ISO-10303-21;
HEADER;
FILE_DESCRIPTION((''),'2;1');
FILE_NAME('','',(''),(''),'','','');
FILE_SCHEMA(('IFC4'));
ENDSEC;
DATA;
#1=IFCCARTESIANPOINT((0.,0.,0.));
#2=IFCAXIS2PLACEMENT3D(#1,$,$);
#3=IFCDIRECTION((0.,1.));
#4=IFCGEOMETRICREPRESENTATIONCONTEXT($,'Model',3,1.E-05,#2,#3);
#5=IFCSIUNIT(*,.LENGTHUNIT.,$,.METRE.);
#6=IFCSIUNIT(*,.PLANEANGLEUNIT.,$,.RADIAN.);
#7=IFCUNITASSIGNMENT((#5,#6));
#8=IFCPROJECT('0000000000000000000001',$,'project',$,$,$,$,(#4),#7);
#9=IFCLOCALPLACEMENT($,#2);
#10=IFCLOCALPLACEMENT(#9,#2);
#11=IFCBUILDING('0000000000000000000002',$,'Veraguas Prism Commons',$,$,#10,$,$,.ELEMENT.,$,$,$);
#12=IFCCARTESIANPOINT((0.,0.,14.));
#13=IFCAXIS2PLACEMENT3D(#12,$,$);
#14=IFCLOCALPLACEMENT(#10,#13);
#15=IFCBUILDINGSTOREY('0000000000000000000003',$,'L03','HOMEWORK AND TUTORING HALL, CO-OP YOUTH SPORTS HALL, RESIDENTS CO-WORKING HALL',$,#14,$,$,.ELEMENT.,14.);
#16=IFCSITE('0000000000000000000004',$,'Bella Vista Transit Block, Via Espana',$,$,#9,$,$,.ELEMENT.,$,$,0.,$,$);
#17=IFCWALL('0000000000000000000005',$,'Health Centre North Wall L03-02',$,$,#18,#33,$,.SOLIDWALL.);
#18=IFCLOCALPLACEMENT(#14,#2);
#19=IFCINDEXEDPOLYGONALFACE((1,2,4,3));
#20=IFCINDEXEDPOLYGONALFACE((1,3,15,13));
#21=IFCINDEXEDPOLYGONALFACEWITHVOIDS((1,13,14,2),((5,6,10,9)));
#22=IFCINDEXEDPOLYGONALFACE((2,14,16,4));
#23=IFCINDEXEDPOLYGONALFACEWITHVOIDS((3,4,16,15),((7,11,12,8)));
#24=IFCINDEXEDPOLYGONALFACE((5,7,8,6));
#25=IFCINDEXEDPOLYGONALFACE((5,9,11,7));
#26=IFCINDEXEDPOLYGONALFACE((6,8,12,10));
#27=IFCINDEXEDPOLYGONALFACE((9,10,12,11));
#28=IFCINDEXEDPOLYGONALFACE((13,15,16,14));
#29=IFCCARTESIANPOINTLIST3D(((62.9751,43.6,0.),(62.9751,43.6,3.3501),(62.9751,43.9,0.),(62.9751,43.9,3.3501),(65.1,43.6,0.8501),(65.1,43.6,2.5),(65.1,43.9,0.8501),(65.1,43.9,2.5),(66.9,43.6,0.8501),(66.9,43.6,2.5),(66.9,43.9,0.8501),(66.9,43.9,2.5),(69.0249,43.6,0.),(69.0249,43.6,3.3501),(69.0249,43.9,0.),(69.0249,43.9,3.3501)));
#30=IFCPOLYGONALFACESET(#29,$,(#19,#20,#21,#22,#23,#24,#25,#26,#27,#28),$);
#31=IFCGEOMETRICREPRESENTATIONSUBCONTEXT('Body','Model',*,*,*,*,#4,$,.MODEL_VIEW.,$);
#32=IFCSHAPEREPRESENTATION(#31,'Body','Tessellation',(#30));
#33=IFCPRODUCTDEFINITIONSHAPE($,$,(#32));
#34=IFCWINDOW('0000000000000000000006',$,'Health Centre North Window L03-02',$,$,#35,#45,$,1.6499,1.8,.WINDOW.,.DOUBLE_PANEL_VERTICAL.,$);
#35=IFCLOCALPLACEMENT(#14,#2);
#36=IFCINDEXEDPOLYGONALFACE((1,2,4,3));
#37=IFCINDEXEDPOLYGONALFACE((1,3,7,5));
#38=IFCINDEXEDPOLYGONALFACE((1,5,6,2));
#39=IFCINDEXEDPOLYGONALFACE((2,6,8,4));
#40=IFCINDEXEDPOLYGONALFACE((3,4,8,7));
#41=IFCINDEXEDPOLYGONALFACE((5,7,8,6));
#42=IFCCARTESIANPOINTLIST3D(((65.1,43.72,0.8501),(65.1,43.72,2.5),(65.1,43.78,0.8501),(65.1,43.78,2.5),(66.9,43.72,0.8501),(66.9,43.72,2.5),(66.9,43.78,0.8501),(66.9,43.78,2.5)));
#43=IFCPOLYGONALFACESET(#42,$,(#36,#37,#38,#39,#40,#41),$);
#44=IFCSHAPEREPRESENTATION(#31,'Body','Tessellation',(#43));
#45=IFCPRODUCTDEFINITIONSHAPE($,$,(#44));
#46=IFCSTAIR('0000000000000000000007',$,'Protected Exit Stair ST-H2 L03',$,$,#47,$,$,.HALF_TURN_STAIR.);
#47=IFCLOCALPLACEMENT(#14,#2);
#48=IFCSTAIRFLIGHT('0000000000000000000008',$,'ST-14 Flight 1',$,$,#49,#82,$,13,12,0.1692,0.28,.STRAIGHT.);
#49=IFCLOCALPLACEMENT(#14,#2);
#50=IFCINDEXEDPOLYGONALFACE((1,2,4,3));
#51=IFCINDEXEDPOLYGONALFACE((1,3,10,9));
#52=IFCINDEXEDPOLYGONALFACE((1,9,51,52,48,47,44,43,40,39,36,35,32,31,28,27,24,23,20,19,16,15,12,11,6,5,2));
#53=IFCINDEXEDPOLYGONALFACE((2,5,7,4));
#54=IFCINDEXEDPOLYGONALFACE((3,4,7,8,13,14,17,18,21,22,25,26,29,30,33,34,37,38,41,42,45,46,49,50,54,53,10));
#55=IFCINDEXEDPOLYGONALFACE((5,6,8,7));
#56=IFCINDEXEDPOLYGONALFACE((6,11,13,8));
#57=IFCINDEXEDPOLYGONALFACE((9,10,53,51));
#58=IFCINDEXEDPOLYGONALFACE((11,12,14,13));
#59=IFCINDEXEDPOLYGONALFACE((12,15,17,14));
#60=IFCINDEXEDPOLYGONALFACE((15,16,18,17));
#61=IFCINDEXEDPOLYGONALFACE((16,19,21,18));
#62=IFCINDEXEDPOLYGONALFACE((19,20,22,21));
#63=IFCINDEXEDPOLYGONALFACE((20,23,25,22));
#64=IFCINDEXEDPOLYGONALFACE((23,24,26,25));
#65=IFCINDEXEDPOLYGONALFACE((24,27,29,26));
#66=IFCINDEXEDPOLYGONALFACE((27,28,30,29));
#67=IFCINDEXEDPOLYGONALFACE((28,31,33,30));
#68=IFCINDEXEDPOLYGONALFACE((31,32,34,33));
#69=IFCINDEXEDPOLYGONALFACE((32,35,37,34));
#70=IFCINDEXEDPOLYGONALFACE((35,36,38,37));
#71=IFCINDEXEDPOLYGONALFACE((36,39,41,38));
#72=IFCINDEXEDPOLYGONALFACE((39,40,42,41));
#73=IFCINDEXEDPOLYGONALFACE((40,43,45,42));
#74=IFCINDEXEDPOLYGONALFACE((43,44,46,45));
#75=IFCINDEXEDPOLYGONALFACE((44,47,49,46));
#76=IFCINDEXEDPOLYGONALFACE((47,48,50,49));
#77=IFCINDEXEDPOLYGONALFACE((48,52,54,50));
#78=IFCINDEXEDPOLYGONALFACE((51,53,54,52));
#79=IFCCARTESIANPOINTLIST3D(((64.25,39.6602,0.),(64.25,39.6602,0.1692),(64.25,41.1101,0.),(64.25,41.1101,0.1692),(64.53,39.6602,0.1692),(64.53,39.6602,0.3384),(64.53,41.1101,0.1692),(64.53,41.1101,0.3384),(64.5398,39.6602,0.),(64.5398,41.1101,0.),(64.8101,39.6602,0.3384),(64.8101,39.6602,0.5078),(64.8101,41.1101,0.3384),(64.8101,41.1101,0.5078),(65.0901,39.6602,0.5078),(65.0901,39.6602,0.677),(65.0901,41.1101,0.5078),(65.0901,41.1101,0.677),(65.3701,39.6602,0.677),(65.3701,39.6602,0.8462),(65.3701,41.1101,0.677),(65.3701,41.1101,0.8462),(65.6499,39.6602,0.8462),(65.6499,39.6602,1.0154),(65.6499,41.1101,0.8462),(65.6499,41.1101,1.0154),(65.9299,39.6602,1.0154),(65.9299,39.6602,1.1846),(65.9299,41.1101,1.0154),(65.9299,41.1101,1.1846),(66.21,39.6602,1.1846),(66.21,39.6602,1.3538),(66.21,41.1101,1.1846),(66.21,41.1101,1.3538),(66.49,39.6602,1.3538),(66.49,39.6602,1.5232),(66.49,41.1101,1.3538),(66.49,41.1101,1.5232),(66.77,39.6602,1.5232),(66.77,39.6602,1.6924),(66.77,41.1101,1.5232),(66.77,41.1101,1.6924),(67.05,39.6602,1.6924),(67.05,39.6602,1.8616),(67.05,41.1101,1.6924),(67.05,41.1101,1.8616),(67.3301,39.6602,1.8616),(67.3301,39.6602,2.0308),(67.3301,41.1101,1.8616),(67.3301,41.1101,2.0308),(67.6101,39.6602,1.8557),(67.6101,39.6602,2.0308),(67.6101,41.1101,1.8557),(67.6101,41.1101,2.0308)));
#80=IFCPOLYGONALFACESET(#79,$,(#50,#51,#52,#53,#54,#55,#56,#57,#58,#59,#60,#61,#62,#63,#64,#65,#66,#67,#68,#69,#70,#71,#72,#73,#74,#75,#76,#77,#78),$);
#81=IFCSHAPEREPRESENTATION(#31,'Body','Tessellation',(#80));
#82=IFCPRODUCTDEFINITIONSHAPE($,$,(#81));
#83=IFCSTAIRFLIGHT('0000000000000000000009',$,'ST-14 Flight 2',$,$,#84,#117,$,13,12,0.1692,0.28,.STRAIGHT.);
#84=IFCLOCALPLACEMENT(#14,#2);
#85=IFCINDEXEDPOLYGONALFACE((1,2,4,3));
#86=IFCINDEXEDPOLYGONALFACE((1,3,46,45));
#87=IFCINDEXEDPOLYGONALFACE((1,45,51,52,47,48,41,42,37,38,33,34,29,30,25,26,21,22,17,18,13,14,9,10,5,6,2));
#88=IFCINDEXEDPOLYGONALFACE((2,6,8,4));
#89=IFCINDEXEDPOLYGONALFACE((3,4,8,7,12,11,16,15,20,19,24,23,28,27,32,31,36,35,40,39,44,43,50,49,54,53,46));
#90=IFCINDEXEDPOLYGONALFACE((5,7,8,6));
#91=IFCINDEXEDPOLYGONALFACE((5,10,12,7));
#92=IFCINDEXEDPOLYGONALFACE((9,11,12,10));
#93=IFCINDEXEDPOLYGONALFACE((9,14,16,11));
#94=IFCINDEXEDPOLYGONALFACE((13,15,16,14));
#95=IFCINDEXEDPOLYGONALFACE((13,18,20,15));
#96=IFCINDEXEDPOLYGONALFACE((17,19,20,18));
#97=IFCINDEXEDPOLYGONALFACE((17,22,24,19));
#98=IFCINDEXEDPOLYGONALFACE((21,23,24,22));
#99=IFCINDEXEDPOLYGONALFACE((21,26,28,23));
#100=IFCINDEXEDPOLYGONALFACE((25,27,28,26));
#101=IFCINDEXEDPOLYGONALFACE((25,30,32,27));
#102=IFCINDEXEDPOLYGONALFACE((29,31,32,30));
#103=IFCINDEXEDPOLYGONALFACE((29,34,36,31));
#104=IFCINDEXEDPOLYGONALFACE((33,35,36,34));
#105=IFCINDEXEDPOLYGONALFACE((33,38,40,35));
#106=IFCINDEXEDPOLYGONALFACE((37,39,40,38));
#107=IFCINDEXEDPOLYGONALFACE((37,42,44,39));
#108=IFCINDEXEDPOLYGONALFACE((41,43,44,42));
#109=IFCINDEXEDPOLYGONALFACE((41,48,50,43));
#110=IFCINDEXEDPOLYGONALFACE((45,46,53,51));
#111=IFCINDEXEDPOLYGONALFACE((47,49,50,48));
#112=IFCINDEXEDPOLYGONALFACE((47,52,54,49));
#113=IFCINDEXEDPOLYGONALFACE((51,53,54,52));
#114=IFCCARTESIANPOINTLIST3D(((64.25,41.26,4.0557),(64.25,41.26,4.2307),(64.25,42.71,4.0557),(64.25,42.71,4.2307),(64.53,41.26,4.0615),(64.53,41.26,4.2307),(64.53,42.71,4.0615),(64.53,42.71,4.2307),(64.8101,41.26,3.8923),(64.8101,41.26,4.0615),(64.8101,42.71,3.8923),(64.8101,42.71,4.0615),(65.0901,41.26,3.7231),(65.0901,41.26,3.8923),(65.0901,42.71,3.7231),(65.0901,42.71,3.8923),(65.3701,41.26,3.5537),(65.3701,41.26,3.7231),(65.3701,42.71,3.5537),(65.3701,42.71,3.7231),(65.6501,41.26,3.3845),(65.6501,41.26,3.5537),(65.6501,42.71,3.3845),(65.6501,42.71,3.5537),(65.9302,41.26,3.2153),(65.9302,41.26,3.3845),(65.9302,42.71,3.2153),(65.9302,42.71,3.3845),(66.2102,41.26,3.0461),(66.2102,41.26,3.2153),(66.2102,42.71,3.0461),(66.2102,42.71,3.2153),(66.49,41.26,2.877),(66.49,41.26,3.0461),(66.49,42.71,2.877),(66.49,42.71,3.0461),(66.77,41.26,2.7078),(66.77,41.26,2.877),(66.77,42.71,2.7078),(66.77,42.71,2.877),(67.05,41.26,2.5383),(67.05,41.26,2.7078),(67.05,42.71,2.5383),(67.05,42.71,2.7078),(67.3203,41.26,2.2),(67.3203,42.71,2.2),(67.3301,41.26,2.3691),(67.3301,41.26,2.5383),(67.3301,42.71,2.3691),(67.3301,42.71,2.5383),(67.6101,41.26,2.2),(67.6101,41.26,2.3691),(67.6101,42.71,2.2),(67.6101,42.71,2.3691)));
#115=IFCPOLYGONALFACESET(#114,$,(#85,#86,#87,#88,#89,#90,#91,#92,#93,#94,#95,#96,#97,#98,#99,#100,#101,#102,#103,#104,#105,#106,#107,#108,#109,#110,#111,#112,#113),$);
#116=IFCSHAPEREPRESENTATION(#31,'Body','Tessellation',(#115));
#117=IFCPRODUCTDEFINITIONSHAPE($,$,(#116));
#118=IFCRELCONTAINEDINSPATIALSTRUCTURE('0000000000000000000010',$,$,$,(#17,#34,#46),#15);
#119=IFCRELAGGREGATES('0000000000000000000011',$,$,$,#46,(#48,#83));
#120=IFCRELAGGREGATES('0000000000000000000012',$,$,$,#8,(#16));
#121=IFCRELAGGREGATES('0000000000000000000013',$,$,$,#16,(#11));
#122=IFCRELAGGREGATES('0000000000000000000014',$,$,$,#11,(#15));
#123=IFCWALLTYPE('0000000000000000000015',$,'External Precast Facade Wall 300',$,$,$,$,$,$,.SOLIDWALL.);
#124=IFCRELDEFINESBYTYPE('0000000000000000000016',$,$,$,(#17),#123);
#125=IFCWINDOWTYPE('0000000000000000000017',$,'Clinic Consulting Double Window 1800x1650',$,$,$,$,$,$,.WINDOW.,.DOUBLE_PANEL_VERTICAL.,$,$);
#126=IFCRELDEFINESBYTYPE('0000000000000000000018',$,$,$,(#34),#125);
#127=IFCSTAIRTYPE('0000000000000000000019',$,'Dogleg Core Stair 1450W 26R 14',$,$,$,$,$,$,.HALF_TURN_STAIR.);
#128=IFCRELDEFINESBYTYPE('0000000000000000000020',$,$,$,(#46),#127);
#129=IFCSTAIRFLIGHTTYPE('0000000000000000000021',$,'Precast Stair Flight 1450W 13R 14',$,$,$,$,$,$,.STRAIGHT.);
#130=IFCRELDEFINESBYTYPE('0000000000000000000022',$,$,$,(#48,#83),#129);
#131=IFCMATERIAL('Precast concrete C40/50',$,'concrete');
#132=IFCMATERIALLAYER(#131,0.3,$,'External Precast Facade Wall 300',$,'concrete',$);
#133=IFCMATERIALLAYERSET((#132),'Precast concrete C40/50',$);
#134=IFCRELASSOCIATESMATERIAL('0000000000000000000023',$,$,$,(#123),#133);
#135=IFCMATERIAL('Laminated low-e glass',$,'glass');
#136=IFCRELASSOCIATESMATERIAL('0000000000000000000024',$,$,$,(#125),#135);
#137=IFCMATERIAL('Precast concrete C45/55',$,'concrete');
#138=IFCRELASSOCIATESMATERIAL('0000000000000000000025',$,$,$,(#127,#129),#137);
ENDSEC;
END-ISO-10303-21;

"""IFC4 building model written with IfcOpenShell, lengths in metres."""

from ifc_helpers import new_model, si_unit, direction, frame, frame_2d, origin, place, context, subcontext, project, spatial, polyline, rectangle, outline, extrude, source, transform, mapped, material, layer, layer_set, type_object, element, fill, aggregate, save


model = new_model("IFC4")

# Units and contexts
model_context = context("Model", 3, precision=1e-05, world=origin(), true_north=direction((0.0, 1.0)))
body_context = subcontext(model_context, "Body", "Model", "MODEL_VIEW")
ifc_project = project(units=[si_unit("LENGTHUNIT", "METRE"), si_unit("PLANEANGLEUNIT", "RADIAN")], contexts=[model_context])

# Site, building, storey
site_placement = place(None, origin())
site = spatial("IfcSite", under=ifc_project, at=site_placement, Name="Bella Vista Transit Block, Via Espana", CompositionType="ELEMENT", RefElevation=0.0)
building_placement = place(site_placement, origin())
building = spatial("IfcBuilding", under=site, at=building_placement, Name="Veraguas Prism Commons", CompositionType="ELEMENT")
storey_placement = place(building_placement, frame((0.0, 0.0, 14.0)))
storey = spatial("IfcBuildingStorey", under=building, at=storey_placement, Name="L03", Description="HOMEWORK AND TUTORING HALL, CO-OP YOUTH SPORTS HALL, RESIDENTS CO-WORKING HALL", CompositionType="ELEMENT", Elevation=14.0)

# Wall, opening, window
ifc_material_1 = material(Name="Precast concrete C40/50", Category="concrete")
ifc_layer_1 = layer(ifc_material_1, 0.3, Name="External Precast Facade Wall 300", Category="concrete")
ifc_layer_set_1 = layer_set([ifc_layer_1], Name="Precast concrete C40/50")
wall_type_1 = type_object("IfcWallType", Name="External Precast Facade Wall 300", PredefinedType="SOLIDWALL", material=ifc_layer_set_1)
ifc_material_2 = material(Name="Laminated low-e glass", Category="glass")
window_type = type_object("IfcWindowType", Name="Clinic Consulting Double Window 1800x1650", PartitioningType="DOUBLE_PANEL_VERTICAL", PredefinedType="WINDOW", material=ifc_material_2)
shared_shape_1 = source(origin(), body_context, "Body", "SweptSolid", [
    extrude(rectangle(XDim=1.8, YDim=1.6499, at=frame_2d((0.8999, 0.825))), frame((0.0, 0.03, 0.0), z_axis=(0.0, -1.0, 0.0), x_axis=(1.0, 0.0, 0.0)), (0.0, 0.0, 1.0), 0.0601),
])
wall_1_placement = place(storey_placement, frame((69.0249, 43.75, 0.0), z_axis=(0.0, 0.0, 1.0), x_axis=(-1.0, 0.0, 0.0)))
wall_1 = element("IfcWall", 1, at=wall_1_placement, inside=storey, type_object=wall_type_1, Name="Health Centre North Wall L03-02", PredefinedType="SOLIDWALL", context=body_context, shape_type="SweptSolid", body=[
    extrude(rectangle(XDim=6.0498, YDim=0.3, at=frame_2d((3.0249, 0.0))), origin(), (0.0, 0.0, 1.0), 3.3501),
])
opening_1_placement = place(wall_1_placement, frame((2.125, 0.0, 0.8501)))
opening_1 = element("IfcOpeningElement", 2, at=opening_1_placement, cuts=wall_1, PredefinedType="OPENING", context=body_context, shape_type="SweptSolid", body=[
    extrude(rectangle(XDim=1.8, YDim=1.6499, at=frame_2d((0.8999, 0.825))), frame((0.0, 0.1599, 0.0), z_axis=(0.0, -1.0, 0.0), x_axis=(1.0, 0.0, 0.0)), (0.0, 0.0, 1.0), 0.3201),
])
window_1_placement = place(opening_1_placement, origin())
window_1 = element("IfcWindow", 3, at=window_1_placement, inside=storey, type_object=window_type, Name="Health Centre North Window L03-02", OverallHeight=1.6499, OverallWidth=1.8, PartitioningType="DOUBLE_PANEL_VERTICAL", PredefinedType="WINDOW", context=body_context, shape_type="MappedRepresentation", body=[
    mapped(shared_shape_1, transform((0.0, 0.0, 0.0), scale=1.0)),
])
fill(opening_1, window_1)

# Stair, stair flights
ifc_material_3 = material(Name="Precast concrete C45/55", Category="concrete")
stair_type = type_object("IfcStairType", Name="Dogleg Core Stair 1450W 26R 14", PredefinedType="HALF_TURN_STAIR", material=ifc_material_3)
stair_placement = place(storey_placement, origin())
stair = element("IfcStair", 4, at=stair_placement, inside=storey, type_object=stair_type, Name="Protected Exit Stair ST-H2 L03", PredefinedType="HALF_TURN_STAIR")
stair_flight_type = type_object("IfcStairFlightType", Name="Precast Stair Flight 1450W 13R 14", PredefinedType="STRAIGHT", material=ifc_material_3)
stair_flight_1_placement = place(storey_placement, frame((64.25, 40.385, 0.0), z_axis=(0.0, 0.0, 1.0), x_axis=(1.0, 0.0, 0.0)))
stair_flight_1 = element("IfcStairFlight", 5, at=stair_flight_1_placement, type_object=stair_flight_type, Name="ST-14 Flight 1", NumberOfRisers=13, NumberOfTreads=12, PredefinedType="STRAIGHT", RiserHeight=0.1692, TreadLength=0.28, context=body_context, shape_type="SweptSolid", body=[
    extrude(outline(polyline([(0.0, 0.0), (0.0, 0.1692), (0.28, 0.1692), (0.28, 0.3384), (0.5601, 0.3384), (0.5601, 0.5078), (0.8401, 0.5078), (0.8401, 0.677), (1.1201, 0.677), (1.1201, 0.8462), (1.3999, 0.8462), (1.3999, 1.0154), (1.6799, 1.0154), (1.6799, 1.1846), (1.96, 1.1846), (1.96, 1.3538), (2.24, 1.3538), (2.24, 1.5232), (2.52, 1.5232), (2.52, 1.6924), (2.8, 1.6924), (2.8, 1.8616), (3.0801, 1.8616), (3.0801, 2.0308), (3.3601, 2.0308), (3.3601, 2.2), (3.3601, 1.8557), (0.2898, 0.0), (0.0, 0.0)])), frame((0.0, 0.7251, 0.0), z_axis=(0.0, -1.0, 0.0), x_axis=(1.0, 0.0, 0.0)), (0.0, 0.0, 1.0), 1.45),
])
stair_flight_2_placement = place(storey_placement, frame((67.6101, 41.9851, 2.2), z_axis=(0.0, 0.0, 1.0), x_axis=(-1.0, 0.0, 0.0)))
stair_flight_2 = element("IfcStairFlight", 6, at=stair_flight_2_placement, type_object=stair_flight_type, Name="ST-14 Flight 2", NumberOfRisers=13, NumberOfTreads=12, PredefinedType="STRAIGHT", RiserHeight=0.1692, TreadLength=0.28, context=body_context, shape_type="SweptSolid", body=[
    extrude(outline(polyline([(0.0, 0.0), (0.0, 0.1692), (0.28, 0.1692), (0.28, 0.3384), (0.5601, 0.3384), (0.5601, 0.5078), (0.8401, 0.5078), (0.8401, 0.677), (1.1201, 0.677), (1.1201, 0.8462), (1.3999, 0.8462), (1.3999, 1.0154), (1.6799, 1.0154), (1.6799, 1.1846), (1.96, 1.1846), (1.96, 1.3538), (2.24, 1.3538), (2.24, 1.5232), (2.52, 1.5232), (2.52, 1.6924), (2.8, 1.6924), (2.8, 1.8616), (3.0801, 1.8616), (3.0801, 2.0308), (3.3601, 2.0308), (3.3601, 2.2), (3.3601, 1.8557), (0.2898, 0.0), (0.0, 0.0)])), frame((0.0, 0.7251, 0.0), z_axis=(0.0, -1.0, 0.0), x_axis=(1.0, 0.0, 0.0)), (0.0, 0.0, 1.0), 1.45),
])
aggregate(stair, [stair_flight_1, stair_flight_2])

save(model, "model.ifc")
